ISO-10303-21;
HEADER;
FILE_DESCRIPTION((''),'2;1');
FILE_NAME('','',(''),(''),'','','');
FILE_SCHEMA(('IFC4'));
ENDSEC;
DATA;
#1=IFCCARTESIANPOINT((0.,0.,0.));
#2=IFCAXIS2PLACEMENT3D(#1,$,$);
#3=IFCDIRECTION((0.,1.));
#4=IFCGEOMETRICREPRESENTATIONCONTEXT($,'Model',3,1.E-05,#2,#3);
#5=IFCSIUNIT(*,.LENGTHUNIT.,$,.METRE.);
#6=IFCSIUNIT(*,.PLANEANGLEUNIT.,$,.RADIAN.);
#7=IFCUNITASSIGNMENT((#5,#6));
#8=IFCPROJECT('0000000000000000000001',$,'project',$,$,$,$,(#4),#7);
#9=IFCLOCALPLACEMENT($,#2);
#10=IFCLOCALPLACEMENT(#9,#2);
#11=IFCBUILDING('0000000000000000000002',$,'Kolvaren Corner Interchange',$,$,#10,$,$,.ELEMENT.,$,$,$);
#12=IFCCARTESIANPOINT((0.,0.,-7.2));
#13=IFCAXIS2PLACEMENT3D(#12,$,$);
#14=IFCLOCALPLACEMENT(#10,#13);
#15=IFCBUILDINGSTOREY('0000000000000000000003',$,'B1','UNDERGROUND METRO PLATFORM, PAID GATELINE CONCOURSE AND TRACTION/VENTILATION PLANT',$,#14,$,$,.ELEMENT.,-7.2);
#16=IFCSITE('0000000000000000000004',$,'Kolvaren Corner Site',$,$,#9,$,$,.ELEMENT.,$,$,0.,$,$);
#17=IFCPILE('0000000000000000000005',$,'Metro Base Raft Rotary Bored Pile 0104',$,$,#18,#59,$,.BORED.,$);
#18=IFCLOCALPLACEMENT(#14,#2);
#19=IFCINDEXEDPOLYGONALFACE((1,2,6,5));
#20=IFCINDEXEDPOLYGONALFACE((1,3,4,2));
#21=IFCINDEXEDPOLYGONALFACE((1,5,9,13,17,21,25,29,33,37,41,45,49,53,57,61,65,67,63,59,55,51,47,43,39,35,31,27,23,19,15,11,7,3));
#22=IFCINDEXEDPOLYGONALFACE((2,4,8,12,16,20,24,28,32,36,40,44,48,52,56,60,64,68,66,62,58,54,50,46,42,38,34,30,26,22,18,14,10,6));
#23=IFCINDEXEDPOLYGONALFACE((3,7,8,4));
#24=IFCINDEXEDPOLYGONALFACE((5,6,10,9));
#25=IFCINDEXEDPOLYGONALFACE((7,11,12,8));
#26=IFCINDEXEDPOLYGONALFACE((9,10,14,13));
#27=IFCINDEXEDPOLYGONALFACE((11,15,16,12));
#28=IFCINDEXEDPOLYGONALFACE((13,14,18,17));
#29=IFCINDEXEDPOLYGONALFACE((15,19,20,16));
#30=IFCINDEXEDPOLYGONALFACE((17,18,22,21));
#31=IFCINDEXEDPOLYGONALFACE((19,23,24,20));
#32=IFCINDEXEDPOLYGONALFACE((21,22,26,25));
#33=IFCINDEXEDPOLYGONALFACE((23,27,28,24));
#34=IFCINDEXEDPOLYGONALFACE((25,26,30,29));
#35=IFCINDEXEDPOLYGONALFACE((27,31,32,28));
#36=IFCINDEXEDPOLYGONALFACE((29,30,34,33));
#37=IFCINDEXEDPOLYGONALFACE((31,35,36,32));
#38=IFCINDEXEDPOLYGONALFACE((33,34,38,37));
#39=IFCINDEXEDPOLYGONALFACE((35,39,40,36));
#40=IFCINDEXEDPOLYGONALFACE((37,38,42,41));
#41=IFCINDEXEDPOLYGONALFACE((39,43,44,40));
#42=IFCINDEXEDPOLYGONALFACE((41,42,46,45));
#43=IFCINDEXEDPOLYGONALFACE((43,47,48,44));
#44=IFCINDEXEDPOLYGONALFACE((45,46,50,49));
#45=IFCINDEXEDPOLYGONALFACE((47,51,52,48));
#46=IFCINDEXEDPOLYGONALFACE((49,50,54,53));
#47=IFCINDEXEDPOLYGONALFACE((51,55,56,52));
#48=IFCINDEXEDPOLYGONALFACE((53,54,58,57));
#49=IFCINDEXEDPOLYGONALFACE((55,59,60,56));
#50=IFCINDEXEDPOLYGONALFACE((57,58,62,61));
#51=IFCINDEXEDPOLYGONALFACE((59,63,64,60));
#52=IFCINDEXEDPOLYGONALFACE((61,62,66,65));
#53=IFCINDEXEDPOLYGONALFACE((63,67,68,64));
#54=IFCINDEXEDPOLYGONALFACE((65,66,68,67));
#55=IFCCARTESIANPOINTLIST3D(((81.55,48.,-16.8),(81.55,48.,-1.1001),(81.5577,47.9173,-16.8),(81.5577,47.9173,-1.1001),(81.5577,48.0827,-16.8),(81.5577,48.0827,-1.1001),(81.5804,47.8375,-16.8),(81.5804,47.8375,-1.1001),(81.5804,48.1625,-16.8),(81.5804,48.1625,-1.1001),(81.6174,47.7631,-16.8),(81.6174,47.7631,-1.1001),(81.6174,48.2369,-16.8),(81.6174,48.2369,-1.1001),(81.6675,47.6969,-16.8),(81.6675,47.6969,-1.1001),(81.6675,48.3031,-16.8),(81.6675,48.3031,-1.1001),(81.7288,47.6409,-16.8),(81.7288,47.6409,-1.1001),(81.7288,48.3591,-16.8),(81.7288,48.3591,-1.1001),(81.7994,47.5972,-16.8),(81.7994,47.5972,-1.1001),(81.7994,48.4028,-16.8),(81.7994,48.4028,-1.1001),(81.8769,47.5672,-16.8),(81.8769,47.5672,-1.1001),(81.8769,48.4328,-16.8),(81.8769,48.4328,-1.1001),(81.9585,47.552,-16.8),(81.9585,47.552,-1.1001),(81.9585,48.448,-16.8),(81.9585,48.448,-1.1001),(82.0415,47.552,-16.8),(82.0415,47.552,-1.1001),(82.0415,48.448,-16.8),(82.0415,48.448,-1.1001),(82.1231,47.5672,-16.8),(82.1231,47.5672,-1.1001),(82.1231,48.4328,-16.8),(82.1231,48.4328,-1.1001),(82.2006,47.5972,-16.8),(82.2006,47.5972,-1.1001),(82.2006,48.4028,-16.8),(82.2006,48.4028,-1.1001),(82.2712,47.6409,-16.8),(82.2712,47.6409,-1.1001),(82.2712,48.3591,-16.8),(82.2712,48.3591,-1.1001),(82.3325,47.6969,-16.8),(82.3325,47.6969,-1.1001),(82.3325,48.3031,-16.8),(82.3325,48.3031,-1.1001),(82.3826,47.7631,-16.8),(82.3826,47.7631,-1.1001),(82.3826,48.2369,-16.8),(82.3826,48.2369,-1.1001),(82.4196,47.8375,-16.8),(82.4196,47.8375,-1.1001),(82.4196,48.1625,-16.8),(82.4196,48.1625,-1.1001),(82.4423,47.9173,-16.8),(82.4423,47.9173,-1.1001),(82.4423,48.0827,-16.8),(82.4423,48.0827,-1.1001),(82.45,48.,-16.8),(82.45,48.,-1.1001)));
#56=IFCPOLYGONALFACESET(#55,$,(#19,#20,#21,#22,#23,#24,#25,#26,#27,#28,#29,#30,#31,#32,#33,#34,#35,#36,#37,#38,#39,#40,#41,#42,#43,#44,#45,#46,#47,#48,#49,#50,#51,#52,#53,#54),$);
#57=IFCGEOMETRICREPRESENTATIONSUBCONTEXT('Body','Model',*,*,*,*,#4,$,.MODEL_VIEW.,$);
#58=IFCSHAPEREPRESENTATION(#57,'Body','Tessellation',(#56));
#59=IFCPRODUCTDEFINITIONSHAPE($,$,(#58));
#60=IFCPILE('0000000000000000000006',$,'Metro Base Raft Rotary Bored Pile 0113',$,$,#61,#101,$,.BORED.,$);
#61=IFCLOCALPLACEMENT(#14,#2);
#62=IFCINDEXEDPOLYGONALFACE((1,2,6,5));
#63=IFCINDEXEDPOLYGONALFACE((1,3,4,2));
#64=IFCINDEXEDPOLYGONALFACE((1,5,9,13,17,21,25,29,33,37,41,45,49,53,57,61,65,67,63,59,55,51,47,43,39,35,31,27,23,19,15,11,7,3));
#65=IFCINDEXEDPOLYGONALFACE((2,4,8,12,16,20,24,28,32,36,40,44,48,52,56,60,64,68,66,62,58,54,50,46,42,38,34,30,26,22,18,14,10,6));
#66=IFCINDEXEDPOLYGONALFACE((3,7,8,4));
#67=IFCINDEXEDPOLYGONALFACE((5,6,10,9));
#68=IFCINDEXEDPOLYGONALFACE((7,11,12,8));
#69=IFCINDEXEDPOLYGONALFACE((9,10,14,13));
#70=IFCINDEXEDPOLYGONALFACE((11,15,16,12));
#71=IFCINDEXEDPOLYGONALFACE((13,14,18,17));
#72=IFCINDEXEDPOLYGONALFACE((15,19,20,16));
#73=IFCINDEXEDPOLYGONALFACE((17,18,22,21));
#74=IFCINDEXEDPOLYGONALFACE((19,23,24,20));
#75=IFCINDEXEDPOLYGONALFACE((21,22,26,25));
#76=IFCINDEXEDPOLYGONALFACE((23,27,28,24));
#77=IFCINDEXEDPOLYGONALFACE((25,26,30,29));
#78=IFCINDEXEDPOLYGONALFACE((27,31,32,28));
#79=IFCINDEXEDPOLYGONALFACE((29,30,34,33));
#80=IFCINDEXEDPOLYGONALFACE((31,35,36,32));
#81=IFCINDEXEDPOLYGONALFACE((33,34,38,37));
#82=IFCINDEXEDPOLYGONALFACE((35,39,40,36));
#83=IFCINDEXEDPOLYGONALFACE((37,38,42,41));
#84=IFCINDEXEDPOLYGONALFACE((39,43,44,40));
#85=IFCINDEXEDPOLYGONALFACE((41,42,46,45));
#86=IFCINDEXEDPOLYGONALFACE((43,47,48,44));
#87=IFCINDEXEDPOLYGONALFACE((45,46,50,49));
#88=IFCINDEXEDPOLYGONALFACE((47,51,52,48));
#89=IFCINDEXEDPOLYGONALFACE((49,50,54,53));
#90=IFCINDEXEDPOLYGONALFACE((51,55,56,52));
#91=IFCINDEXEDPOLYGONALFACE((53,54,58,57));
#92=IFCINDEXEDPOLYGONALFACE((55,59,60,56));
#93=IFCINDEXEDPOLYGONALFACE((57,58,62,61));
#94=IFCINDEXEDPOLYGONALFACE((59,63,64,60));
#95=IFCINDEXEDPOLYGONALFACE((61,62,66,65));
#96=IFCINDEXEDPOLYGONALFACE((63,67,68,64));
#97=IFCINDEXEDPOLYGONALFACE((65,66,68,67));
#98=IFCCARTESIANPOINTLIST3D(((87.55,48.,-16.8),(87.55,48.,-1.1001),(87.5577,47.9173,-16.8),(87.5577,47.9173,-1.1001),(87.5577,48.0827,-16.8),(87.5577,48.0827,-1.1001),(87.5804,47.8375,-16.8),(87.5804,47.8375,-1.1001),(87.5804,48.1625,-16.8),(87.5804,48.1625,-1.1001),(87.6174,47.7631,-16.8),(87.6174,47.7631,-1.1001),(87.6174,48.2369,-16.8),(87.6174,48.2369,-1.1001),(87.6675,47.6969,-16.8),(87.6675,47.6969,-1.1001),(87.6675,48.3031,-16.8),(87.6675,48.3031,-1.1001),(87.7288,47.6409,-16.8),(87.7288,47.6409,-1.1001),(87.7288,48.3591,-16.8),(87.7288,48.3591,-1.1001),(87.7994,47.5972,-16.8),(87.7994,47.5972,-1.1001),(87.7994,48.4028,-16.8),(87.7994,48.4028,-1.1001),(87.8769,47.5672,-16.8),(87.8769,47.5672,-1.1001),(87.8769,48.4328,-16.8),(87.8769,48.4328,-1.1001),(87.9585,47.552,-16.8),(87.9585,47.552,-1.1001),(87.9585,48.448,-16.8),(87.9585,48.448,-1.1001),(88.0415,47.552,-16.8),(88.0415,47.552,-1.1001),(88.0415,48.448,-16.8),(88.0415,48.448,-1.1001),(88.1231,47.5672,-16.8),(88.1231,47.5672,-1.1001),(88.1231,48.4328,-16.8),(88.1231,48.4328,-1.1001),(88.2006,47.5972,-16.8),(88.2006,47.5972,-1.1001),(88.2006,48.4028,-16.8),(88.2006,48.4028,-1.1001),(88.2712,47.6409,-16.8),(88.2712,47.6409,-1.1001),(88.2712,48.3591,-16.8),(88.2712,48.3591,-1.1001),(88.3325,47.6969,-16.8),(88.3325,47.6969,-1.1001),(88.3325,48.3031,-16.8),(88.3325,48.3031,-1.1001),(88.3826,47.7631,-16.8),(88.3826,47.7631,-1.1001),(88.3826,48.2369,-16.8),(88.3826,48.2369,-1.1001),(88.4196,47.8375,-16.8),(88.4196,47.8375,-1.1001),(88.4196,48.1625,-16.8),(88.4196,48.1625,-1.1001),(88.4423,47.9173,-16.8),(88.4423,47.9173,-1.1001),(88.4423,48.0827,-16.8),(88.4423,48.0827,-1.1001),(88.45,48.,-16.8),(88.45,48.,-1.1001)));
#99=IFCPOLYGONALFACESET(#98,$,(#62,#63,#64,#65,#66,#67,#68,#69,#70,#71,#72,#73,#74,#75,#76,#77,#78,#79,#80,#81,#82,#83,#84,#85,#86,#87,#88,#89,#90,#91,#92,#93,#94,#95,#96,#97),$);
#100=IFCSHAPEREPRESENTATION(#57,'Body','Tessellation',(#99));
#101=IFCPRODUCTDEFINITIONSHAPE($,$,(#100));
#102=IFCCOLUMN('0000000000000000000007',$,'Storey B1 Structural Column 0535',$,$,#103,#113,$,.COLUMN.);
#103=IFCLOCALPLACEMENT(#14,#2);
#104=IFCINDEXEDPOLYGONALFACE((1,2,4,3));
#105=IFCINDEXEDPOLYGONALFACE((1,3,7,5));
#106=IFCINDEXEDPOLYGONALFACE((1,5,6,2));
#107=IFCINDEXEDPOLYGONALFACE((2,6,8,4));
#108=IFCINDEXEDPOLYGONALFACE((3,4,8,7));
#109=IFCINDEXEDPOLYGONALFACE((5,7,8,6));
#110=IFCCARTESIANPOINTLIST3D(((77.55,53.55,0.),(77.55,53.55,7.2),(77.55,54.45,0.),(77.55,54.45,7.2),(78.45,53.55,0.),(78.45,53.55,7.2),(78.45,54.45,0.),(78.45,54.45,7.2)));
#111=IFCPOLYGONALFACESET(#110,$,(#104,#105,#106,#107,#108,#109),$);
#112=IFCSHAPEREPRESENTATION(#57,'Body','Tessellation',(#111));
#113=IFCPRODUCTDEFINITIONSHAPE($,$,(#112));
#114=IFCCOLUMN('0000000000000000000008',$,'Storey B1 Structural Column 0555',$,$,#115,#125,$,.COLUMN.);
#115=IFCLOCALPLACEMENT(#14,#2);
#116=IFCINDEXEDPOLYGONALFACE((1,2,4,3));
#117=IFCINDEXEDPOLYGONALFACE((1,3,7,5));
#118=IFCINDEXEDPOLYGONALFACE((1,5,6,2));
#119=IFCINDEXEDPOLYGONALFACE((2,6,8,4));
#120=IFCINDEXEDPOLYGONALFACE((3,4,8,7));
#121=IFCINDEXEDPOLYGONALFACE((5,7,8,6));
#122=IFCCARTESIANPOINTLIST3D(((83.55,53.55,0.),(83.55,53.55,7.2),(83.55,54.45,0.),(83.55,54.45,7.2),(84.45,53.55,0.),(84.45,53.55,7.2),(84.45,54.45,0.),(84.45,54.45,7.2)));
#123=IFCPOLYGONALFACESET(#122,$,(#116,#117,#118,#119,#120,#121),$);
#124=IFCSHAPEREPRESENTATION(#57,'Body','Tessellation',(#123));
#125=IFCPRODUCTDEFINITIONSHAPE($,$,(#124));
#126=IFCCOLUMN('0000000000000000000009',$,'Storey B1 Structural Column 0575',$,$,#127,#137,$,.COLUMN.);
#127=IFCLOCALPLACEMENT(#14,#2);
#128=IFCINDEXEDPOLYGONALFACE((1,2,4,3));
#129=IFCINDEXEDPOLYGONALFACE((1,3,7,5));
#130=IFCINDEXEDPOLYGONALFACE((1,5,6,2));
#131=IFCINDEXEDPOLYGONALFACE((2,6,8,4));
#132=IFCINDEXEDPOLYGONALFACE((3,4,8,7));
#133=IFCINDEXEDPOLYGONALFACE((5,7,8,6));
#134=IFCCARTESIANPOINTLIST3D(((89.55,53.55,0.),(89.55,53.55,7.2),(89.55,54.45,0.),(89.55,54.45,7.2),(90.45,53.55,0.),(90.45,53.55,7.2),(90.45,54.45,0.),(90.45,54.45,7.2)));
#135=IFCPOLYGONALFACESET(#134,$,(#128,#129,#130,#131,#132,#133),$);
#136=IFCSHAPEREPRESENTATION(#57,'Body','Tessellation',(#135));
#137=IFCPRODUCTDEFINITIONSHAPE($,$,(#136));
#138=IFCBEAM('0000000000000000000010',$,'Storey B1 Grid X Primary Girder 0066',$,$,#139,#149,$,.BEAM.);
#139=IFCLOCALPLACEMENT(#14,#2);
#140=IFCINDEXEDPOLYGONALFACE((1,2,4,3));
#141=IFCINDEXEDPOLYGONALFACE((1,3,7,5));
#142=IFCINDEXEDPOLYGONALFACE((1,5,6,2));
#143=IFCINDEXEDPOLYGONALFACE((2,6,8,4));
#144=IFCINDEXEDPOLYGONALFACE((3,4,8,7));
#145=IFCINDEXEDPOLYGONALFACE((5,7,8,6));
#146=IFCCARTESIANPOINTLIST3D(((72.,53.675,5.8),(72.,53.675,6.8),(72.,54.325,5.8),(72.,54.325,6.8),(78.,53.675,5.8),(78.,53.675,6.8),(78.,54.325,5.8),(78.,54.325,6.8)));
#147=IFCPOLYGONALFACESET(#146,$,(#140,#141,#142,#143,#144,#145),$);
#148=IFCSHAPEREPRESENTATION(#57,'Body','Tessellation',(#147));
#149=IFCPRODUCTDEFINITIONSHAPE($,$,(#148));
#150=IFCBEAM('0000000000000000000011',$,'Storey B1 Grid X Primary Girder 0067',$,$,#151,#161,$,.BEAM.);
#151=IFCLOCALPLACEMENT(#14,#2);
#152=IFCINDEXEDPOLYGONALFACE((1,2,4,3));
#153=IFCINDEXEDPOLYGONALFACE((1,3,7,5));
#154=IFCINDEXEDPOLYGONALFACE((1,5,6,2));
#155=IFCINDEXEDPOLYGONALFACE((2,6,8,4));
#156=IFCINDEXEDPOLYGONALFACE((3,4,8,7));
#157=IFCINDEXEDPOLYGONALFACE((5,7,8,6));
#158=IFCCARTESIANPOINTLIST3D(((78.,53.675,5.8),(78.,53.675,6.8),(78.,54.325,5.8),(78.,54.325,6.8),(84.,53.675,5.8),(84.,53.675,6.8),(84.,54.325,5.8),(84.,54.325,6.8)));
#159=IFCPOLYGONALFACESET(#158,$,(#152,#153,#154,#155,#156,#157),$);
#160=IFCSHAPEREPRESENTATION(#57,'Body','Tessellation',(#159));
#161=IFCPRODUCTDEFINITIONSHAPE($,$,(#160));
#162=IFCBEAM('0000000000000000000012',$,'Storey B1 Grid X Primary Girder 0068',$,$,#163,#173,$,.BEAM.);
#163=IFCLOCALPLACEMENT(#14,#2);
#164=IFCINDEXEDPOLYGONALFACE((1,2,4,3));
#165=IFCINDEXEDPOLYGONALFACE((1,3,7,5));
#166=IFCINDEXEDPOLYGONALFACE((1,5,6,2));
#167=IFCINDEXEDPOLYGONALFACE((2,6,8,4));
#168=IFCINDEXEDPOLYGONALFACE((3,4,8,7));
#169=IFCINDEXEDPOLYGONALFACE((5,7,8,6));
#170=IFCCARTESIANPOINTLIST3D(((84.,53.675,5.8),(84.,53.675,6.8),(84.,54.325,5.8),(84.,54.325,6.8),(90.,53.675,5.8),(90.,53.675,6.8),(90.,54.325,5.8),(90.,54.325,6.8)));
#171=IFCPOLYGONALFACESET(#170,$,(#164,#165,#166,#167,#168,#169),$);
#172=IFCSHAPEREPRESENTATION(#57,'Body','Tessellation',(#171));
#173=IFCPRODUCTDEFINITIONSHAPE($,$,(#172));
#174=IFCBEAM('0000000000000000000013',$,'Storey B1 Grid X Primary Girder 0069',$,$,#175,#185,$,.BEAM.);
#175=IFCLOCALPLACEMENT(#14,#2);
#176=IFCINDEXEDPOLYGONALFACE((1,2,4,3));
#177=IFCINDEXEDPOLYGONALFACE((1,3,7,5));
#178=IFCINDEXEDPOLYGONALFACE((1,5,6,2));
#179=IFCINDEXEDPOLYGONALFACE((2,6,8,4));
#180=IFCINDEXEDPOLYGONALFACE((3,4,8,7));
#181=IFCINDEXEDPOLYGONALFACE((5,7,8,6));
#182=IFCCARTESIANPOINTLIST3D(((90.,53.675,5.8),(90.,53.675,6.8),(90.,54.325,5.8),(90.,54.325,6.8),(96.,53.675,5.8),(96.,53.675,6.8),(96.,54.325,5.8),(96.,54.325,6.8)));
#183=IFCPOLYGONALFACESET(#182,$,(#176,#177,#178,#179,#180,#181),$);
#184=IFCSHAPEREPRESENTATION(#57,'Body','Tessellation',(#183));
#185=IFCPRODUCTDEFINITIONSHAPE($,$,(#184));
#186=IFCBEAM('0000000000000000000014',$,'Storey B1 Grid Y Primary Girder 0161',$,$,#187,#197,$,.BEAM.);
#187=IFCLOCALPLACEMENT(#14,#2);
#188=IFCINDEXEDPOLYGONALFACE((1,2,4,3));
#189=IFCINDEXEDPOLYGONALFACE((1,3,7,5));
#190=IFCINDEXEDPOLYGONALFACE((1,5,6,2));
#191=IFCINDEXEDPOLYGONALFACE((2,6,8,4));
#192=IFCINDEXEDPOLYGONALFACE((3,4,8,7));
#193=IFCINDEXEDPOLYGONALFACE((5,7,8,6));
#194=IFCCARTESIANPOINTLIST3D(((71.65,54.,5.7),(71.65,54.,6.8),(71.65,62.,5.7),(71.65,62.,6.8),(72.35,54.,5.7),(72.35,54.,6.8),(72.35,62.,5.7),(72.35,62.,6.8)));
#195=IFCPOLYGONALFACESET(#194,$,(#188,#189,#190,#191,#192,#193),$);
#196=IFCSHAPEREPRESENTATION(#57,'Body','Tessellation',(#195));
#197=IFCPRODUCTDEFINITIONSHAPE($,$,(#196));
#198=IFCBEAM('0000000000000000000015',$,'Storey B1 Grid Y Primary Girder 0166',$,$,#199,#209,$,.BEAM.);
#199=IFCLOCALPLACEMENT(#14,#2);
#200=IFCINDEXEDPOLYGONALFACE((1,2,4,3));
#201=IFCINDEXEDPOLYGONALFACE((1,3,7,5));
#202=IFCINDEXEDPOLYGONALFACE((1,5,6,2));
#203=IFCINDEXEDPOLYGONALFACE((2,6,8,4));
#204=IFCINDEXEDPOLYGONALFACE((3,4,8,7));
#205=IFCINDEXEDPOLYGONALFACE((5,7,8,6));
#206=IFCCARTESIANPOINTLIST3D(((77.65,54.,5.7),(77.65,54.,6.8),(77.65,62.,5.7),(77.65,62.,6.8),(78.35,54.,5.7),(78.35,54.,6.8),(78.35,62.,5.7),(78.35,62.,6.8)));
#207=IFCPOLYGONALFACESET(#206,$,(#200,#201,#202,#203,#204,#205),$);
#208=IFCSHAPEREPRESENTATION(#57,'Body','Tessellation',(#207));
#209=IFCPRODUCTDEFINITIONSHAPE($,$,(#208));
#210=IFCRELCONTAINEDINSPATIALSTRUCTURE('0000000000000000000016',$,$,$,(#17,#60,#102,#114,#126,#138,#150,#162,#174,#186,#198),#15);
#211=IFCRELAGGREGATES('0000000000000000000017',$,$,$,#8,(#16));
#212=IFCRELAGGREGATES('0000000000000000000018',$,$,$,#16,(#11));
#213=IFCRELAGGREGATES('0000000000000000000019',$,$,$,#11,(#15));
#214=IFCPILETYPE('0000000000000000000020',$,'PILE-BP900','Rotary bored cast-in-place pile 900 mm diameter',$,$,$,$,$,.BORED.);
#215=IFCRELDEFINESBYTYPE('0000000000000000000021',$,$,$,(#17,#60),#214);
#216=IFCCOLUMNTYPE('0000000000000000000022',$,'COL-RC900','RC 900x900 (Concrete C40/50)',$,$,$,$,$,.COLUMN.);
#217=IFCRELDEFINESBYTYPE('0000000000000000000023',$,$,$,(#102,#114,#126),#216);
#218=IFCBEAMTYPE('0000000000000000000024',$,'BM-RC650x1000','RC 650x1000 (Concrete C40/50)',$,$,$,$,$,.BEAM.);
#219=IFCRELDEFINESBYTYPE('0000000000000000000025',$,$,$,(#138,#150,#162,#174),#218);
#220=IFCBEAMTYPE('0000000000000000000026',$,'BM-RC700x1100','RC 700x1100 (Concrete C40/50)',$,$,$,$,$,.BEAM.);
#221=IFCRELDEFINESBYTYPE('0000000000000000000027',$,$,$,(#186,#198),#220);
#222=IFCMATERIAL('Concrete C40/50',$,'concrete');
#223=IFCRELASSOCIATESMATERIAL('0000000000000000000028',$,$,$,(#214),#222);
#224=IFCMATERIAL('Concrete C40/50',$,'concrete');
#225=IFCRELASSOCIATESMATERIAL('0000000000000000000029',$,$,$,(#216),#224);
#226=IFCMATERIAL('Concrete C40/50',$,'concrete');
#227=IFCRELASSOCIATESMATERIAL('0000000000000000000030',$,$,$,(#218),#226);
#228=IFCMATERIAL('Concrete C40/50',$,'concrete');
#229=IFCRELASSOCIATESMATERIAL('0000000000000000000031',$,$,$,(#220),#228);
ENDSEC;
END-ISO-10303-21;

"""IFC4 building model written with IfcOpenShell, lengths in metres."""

from ifc_helpers import new_model, si_unit, direction, frame, origin, origin_2d, place, context, subcontext, project, spatial, rectangle, circle, extrude, material, material_profile, profile_set, type_object, element, save


model = new_model("IFC4")

# Units and contexts
model_context = context("Model", 3, precision=1e-05, world=origin(), true_north=direction((0.0, 1.0)))
body_context = subcontext(model_context, "Body", "Model", "MODEL_VIEW")
ifc_project = project(units=[si_unit("LENGTHUNIT", "METRE"), si_unit("PLANEANGLEUNIT", "RADIAN")], contexts=[model_context])

# Site, building, storey
site_placement = place(None, origin())
site = spatial("IfcSite", under=ifc_project, at=site_placement, Name="Kolvaren Corner Site", CompositionType="ELEMENT", RefElevation=0.0)
building_placement = place(site_placement, origin())
building = spatial("IfcBuilding", under=site, at=building_placement, Name="Kolvaren Corner Interchange", CompositionType="ELEMENT")
storey_placement = place(building_placement, frame((0.0, 0.0, -7.2)))
storey = spatial("IfcBuildingStorey", under=building, at=storey_placement, Name="B1", Description="UNDERGROUND METRO PLATFORM, PAID GATELINE CONCOURSE AND TRACTION/VENTILATION PLANT", CompositionType="ELEMENT", Elevation=-7.2)

# Piles
ifc_material_1 = material(Name="Concrete C40/50", Category="concrete")
ifc_material_profile_1 = material_profile(ifc_material_1, circle(Radius=0.45, at=origin_2d()), Name="BORED PILE 900")
ifc_profile_set_1 = profile_set([ifc_material_profile_1], Name="Concrete C40/50")
pile_type_1 = type_object("IfcPileType", Name="PILE-BP900", Description="Rotary bored cast-in-place pile 900 mm diameter", PredefinedType="BORED", material=ifc_profile_set_1)
for number, where, z_axis, x_axis, name in (
    (1, (82.0, 48.0, -1.1001), (0.0, 0.0, -1.0), (1.0, 0.0, 0.0), "Metro Base Raft Rotary Bored Pile 0104"),
    (2, (88.0, 48.0, -1.1001), (0.0, 0.0, -1.0), (1.0, 0.0, 0.0), "Metro Base Raft Rotary Bored Pile 0113"),
):
    element("IfcPile", number, at=place(storey_placement, frame(where, z_axis=z_axis, x_axis=x_axis)), inside=storey, type_object=pile_type_1, Name=name, PredefinedType="BORED", context=body_context, shape_type="SweptSolid", body=[
        extrude(circle(Radius=0.45, at=origin_2d()), origin(), (0.0, 0.0, 1.0), 15.7),
    ])

# Columns
ifc_material_2 = material(Name="Concrete C40/50", Category="concrete")
ifc_material_profile_2 = material_profile(ifc_material_2, rectangle(XDim=0.8999, YDim=0.8999, at=origin_2d()), Name="RC 900x900")
ifc_profile_set_2 = profile_set([ifc_material_profile_2], Name="Concrete C40/50")
column_type = type_object("IfcColumnType", Name="COL-RC900", Description="RC 900x900 (Concrete C40/50)", PredefinedType="COLUMN", material=ifc_profile_set_2)
for number, where, z_axis, x_axis, name in (
    (3, (78.0, 54.0, 0.0), (0.0, 0.0, 1.0), (1.0, 0.0, 0.0), "Storey B1 Structural Column 0535"),
    (4, (84.0, 54.0, 0.0), (0.0, 0.0, 1.0), (1.0, 0.0, 0.0), "Storey B1 Structural Column 0555"),
    (5, (90.0, 54.0, 0.0), (0.0, 0.0, 1.0), (1.0, 0.0, 0.0), "Storey B1 Structural Column 0575"),
):
    element("IfcColumn", number, at=place(storey_placement, frame(where, z_axis=z_axis, x_axis=x_axis)), inside=storey, type_object=column_type, Name=name, PredefinedType="COLUMN", context=body_context, shape_type="SweptSolid", body=[
        extrude(rectangle(XDim=0.8999, YDim=0.8999, at=origin_2d()), origin(), (0.0, 0.0, 1.0), 7.2),
    ])

# Beams
ifc_material_3 = material(Name="Concrete C40/50", Category="concrete")
ifc_material_profile_3 = material_profile(ifc_material_3, rectangle(XDim=0.6499, YDim=1.0, at=origin_2d()), Name="RC 650x1000")
ifc_profile_set_3 = profile_set([ifc_material_profile_3], Name="Concrete C40/50")
beam_type_1 = type_object("IfcBeamType", Name="BM-RC650x1000", Description="RC 650x1000 (Concrete C40/50)", PredefinedType="BEAM", material=ifc_profile_set_3)
for number, where, z_axis, x_axis, name in (
    (6, (72.0, 54.0, 6.3), (1.0, 0.0, 0.0), (0.0, 1.0, 0.0), "Storey B1 Grid X Primary Girder 0066"),
    (7, (78.0, 54.0, 6.3), (1.0, 0.0, 0.0), (0.0, 1.0, 0.0), "Storey B1 Grid X Primary Girder 0067"),
    (8, (84.0, 54.0, 6.3), (1.0, 0.0, 0.0), (0.0, 1.0, 0.0), "Storey B1 Grid X Primary Girder 0068"),
    (9, (90.0, 54.0, 6.3), (1.0, 0.0, 0.0), (0.0, 1.0, 0.0), "Storey B1 Grid X Primary Girder 0069"),
):
    element("IfcBeam", number, at=place(storey_placement, frame(where, z_axis=z_axis, x_axis=x_axis)), inside=storey, type_object=beam_type_1, Name=name, PredefinedType="BEAM", context=body_context, shape_type="SweptSolid", body=[
        extrude(rectangle(XDim=0.6499, YDim=1.0, at=origin_2d()), origin(), (0.0, 0.0, 1.0), 6.0),
    ])
ifc_material_4 = material(Name="Concrete C40/50", Category="concrete")
ifc_material_profile_4 = material_profile(ifc_material_4, rectangle(XDim=0.7, YDim=1.1001, at=origin_2d()), Name="RC 700x1100")
ifc_profile_set_4 = profile_set([ifc_material_profile_4], Name="Concrete C40/50")
beam_type_2 = type_object("IfcBeamType", Name="BM-RC700x1100", Description="RC 700x1100 (Concrete C40/50)", PredefinedType="BEAM", material=ifc_profile_set_4)
for number, where, z_axis, x_axis, name in (
    (10, (72.0, 54.0, 6.25), (0.0, 1.0, 0.0), (-1.0, 0.0, 0.0), "Storey B1 Grid Y Primary Girder 0161"),
    (11, (78.0, 54.0, 6.25), (0.0, 1.0, 0.0), (-1.0, 0.0, 0.0), "Storey B1 Grid Y Primary Girder 0166"),
):
    element("IfcBeam", number, at=place(storey_placement, frame(where, z_axis=z_axis, x_axis=x_axis)), inside=storey, type_object=beam_type_2, Name=name, PredefinedType="BEAM", context=body_context, shape_type="SweptSolid", body=[
        extrude(rectangle(XDim=0.7, YDim=1.1001, at=origin_2d()), origin(), (0.0, 0.0, 1.0), 8.0),
    ])

save(model, "model.ifc")
